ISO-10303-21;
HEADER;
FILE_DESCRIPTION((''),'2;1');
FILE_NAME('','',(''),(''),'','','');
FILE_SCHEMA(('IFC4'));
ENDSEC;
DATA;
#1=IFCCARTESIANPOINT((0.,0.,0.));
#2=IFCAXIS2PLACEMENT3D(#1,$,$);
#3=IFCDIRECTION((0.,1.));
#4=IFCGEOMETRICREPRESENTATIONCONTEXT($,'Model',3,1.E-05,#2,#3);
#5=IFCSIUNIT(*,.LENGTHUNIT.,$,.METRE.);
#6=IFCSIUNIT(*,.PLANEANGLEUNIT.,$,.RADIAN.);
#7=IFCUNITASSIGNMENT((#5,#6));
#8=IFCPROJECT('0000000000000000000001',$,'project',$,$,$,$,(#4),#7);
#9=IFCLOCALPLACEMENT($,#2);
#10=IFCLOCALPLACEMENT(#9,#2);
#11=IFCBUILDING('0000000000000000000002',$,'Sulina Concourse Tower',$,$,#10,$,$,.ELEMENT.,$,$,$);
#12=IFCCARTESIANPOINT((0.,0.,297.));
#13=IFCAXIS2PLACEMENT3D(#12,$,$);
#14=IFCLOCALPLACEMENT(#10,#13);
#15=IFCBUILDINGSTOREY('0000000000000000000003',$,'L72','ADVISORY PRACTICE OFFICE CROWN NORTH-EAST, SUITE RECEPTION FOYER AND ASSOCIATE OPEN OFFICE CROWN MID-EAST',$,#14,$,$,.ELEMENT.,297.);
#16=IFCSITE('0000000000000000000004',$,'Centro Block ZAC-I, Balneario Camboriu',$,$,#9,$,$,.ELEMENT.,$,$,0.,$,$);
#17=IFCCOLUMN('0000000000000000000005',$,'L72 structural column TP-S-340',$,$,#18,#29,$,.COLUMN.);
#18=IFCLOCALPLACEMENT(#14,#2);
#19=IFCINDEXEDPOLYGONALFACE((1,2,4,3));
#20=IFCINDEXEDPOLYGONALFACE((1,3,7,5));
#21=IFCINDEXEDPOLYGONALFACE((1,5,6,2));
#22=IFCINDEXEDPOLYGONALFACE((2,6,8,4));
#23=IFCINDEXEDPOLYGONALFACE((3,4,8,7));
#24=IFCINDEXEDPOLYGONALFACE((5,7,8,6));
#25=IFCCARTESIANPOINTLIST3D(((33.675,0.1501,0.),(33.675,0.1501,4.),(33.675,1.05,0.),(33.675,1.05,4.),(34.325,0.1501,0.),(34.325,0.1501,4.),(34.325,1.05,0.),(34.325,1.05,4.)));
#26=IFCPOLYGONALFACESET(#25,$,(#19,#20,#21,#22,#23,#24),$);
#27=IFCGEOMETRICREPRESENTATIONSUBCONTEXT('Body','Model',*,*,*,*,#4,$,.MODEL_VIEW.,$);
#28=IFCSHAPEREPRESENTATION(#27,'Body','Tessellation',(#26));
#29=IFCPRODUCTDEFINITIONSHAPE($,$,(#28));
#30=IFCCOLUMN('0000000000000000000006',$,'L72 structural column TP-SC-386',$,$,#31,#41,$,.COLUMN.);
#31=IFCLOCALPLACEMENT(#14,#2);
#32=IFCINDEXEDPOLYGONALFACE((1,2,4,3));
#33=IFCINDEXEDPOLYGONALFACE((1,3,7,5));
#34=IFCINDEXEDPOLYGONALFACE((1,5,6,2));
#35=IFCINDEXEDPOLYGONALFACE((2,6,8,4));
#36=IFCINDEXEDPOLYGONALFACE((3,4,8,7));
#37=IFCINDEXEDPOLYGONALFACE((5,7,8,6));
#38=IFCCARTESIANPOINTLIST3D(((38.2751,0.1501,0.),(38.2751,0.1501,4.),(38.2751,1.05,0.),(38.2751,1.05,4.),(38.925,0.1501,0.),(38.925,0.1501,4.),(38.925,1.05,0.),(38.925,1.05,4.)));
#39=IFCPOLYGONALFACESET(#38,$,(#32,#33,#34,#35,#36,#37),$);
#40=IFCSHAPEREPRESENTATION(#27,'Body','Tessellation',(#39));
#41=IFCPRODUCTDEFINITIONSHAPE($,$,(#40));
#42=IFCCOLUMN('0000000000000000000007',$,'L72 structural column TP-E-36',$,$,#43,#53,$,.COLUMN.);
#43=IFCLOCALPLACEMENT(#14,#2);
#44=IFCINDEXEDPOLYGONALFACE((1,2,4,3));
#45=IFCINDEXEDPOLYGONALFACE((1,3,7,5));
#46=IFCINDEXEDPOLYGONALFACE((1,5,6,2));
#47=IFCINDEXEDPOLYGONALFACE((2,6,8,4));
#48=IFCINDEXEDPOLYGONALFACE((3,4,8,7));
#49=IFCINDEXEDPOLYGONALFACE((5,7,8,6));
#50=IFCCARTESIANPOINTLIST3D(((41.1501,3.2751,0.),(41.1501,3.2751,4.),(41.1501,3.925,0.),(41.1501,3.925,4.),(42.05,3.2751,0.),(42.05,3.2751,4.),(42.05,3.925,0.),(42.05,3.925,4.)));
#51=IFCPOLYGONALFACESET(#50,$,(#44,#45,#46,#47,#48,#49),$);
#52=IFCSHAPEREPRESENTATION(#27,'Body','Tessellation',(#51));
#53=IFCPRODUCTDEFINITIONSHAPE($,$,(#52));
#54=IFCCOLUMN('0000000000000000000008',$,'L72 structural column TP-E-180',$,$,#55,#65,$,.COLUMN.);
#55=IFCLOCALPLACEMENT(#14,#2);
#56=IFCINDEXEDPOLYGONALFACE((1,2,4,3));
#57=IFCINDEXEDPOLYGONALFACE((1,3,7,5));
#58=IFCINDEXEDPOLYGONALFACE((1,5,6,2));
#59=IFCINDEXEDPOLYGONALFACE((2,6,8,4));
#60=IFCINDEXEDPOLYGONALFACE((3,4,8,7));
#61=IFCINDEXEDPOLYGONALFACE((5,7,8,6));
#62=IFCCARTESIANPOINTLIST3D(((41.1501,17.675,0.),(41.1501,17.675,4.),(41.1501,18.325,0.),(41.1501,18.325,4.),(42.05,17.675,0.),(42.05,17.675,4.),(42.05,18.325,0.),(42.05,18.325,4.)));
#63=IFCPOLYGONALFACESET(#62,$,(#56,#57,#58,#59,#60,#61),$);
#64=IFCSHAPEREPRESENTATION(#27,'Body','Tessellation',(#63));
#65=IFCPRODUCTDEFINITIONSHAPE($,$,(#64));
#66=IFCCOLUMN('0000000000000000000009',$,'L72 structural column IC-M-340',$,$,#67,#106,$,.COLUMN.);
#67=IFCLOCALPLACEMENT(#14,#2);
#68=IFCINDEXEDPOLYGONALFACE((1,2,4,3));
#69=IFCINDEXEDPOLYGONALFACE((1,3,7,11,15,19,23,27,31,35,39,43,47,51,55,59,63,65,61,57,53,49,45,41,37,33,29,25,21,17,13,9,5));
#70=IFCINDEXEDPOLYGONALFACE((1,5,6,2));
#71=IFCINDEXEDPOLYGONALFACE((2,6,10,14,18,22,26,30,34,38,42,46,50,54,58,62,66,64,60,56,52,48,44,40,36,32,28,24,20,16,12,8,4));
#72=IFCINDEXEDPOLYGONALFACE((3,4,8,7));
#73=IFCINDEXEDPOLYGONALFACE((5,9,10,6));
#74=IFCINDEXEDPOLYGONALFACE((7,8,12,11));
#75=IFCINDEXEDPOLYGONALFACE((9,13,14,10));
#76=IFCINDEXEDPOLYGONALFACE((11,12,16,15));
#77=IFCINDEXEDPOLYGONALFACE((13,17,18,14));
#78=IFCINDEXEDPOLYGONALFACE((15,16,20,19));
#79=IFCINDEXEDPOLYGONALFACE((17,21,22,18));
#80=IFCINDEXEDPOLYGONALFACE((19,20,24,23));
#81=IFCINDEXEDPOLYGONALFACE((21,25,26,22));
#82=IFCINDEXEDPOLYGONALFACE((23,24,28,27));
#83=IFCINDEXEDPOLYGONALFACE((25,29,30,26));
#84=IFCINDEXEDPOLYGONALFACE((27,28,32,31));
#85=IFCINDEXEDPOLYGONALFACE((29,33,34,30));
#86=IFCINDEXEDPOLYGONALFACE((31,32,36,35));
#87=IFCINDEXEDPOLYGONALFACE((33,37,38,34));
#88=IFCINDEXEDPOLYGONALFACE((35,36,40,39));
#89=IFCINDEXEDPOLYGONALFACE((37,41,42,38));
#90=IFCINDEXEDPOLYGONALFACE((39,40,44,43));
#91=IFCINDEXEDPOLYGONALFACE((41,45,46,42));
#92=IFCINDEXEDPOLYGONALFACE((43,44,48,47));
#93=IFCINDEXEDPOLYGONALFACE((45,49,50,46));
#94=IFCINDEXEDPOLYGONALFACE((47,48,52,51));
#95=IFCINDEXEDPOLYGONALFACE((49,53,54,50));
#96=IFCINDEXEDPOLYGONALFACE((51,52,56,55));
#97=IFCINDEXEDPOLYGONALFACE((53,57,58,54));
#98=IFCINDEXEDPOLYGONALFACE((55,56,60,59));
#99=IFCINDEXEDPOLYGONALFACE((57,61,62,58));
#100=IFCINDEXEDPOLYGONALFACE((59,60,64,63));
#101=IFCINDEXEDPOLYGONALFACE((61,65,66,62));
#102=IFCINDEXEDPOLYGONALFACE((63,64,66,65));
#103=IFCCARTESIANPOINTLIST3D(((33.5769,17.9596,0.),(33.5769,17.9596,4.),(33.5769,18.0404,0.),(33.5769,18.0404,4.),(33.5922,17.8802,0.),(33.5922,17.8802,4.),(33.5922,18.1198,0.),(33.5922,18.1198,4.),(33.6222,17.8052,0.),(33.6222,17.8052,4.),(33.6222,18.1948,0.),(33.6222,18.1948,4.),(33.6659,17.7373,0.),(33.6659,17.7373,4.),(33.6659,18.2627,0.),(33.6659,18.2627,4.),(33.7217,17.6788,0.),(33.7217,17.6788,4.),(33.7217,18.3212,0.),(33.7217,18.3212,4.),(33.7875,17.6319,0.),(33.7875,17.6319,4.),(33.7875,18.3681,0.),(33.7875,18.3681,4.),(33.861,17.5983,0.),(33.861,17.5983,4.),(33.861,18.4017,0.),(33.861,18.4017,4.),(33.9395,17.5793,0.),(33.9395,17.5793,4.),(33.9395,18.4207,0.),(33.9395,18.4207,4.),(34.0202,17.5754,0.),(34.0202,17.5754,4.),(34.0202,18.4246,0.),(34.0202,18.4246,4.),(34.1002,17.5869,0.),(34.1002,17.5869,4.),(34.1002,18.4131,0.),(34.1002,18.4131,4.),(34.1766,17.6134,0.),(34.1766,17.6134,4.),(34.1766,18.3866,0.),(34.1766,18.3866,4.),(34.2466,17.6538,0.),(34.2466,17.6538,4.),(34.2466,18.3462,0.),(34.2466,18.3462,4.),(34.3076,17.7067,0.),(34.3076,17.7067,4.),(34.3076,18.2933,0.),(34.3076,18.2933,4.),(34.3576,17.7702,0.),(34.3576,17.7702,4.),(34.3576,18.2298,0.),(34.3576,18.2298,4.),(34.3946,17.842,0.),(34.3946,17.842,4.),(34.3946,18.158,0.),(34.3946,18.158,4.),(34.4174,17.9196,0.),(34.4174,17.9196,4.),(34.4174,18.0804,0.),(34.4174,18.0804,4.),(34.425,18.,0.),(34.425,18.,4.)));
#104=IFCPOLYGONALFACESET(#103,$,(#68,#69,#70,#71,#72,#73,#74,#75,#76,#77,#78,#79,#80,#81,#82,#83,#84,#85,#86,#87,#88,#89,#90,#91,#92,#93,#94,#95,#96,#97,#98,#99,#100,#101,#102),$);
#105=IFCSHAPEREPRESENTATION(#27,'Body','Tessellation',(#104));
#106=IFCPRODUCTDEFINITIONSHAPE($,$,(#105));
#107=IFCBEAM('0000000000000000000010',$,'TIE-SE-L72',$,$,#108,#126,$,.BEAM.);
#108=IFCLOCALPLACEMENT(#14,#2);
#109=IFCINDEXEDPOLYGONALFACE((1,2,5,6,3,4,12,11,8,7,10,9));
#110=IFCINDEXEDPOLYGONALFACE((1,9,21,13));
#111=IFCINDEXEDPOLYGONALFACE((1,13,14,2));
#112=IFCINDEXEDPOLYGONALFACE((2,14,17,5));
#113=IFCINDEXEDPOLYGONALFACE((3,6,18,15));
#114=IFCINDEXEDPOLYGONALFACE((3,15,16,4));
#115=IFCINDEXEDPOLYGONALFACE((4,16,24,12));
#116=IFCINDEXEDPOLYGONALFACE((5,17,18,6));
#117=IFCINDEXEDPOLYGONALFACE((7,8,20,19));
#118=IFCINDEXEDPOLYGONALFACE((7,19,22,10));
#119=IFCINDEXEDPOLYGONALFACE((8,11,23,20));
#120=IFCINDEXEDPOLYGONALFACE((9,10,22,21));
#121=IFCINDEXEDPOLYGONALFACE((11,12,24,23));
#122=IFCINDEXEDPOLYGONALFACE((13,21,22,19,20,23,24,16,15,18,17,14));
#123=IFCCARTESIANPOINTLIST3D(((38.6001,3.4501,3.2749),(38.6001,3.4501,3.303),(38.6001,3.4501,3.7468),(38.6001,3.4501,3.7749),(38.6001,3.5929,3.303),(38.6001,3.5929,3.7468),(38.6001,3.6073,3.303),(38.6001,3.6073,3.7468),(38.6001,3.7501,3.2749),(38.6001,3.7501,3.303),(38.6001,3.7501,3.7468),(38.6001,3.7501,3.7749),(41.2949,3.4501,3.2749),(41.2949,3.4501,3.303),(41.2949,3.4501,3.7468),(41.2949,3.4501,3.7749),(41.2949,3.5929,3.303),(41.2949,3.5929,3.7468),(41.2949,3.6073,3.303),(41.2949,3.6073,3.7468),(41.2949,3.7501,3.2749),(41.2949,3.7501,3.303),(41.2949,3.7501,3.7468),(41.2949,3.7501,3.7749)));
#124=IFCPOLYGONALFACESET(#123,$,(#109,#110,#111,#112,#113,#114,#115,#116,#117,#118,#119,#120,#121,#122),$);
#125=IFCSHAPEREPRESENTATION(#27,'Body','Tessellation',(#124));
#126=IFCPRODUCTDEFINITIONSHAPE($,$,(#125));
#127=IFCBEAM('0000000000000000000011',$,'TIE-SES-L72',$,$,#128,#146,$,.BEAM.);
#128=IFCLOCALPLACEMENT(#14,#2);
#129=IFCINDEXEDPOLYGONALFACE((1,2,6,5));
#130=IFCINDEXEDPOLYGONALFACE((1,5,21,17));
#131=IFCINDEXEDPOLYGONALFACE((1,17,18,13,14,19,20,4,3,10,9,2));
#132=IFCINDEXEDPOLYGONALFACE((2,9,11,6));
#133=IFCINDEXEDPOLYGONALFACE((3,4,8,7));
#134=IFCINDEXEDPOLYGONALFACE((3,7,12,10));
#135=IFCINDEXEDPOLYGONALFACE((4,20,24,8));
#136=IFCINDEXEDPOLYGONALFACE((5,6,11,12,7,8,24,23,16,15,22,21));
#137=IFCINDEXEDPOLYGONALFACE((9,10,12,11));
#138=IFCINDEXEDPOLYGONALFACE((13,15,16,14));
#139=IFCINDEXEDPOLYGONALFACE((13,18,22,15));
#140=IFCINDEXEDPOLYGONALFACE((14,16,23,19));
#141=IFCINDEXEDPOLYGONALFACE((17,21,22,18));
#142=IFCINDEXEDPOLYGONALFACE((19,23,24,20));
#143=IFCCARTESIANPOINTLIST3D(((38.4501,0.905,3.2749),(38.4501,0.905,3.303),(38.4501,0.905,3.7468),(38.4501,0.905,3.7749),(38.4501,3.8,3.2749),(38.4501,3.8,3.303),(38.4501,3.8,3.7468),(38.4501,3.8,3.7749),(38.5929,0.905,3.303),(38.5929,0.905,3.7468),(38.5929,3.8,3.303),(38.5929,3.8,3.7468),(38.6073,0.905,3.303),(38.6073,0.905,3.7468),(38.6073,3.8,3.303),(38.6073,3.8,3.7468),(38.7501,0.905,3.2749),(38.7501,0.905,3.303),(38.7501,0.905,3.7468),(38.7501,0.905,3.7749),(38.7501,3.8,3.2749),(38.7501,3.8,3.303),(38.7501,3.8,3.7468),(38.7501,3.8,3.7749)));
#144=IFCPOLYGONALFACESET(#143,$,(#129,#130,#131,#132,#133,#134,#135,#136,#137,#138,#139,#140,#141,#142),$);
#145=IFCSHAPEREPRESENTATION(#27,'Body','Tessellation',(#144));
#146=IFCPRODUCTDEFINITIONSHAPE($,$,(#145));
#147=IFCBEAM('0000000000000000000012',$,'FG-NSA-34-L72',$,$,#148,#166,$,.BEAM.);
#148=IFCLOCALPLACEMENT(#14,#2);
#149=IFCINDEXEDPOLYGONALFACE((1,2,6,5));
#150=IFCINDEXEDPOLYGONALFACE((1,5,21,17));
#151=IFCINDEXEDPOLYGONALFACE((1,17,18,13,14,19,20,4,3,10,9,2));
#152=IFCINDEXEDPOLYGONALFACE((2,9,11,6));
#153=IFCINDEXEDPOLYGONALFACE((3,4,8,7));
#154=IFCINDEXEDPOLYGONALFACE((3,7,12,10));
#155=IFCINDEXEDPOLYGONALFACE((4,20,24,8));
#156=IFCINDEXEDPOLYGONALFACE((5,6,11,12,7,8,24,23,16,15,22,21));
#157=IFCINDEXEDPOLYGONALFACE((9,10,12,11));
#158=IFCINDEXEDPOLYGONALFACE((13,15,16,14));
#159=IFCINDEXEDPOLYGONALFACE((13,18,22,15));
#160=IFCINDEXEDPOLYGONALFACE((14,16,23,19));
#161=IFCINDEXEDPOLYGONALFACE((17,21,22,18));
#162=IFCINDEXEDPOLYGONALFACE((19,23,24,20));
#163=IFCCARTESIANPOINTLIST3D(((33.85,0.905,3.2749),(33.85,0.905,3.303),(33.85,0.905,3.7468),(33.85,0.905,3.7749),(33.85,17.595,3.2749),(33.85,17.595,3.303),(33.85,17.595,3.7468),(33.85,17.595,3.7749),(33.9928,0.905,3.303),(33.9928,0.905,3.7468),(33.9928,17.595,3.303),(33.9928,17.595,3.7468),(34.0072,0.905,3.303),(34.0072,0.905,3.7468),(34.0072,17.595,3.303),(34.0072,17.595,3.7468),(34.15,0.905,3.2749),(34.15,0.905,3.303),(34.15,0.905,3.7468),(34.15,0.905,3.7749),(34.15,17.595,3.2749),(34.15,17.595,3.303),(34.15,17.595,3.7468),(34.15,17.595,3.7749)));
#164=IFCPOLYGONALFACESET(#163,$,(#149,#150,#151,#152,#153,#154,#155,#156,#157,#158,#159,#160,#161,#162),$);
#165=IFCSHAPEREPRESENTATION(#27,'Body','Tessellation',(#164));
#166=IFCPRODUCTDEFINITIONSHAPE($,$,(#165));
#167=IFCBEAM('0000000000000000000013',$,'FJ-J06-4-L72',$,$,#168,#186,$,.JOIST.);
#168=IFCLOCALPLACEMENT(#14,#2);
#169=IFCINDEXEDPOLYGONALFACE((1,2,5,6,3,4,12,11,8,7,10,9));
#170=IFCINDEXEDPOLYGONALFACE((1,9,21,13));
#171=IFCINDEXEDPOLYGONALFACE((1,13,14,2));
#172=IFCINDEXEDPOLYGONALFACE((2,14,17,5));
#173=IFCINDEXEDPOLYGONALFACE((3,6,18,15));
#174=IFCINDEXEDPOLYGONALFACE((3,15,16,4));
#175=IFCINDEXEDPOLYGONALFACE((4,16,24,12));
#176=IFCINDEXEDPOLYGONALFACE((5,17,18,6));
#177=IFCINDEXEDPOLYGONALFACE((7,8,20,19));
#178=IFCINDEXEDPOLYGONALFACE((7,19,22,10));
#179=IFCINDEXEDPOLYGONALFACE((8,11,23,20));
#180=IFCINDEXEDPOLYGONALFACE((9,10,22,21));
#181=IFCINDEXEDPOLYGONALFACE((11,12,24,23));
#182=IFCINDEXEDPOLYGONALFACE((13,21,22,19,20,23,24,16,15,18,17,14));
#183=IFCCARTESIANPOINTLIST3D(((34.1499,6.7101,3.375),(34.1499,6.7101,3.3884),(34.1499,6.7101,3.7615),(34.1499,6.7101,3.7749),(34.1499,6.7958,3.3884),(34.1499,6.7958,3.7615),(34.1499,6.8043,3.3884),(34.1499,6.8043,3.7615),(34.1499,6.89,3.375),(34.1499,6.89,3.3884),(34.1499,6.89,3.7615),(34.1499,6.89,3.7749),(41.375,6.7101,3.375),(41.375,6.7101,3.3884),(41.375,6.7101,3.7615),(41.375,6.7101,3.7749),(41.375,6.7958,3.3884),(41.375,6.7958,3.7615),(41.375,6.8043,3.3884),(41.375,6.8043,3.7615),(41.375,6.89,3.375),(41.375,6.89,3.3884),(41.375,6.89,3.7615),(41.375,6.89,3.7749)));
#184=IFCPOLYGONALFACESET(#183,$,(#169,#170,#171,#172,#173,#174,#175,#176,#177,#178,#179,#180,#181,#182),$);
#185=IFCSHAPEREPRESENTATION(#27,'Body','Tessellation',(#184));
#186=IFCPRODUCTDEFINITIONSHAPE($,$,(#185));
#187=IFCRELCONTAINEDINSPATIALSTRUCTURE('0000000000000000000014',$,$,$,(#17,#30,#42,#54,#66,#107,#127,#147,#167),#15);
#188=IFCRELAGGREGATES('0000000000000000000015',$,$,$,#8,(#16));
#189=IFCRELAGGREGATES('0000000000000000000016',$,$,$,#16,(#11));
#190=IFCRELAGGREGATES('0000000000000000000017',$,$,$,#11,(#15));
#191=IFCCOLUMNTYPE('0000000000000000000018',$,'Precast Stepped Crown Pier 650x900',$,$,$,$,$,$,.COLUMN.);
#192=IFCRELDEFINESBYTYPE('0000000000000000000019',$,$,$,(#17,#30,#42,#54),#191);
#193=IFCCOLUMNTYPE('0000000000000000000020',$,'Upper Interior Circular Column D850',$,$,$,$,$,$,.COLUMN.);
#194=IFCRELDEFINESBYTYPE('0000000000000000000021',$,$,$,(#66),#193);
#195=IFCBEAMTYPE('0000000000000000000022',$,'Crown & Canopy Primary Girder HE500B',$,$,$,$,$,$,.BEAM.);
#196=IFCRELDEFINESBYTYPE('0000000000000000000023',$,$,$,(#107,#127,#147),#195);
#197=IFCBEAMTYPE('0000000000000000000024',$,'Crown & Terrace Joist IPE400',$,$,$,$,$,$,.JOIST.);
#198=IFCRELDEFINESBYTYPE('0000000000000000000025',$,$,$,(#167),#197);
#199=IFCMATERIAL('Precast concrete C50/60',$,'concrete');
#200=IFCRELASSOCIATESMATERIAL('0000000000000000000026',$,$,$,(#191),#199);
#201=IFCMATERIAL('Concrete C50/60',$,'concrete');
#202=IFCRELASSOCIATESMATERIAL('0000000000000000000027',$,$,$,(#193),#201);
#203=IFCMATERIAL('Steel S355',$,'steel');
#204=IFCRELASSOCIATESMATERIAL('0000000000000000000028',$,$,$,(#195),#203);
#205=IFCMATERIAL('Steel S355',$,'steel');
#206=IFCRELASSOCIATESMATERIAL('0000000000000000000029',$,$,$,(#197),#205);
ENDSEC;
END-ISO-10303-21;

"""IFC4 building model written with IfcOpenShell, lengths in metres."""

from ifc_helpers import new_model, si_unit, direction, frame, origin, origin_2d, place, context, subcontext, project, spatial, rectangle, circle, i_section, extrude, material, material_profile, profile_set, type_object, element, save


model = new_model("IFC4")

# Units and contexts
model_context = context("Model", 3, precision=1e-05, world=origin(), true_north=direction((0.0, 1.0)))
body_context = subcontext(model_context, "Body", "Model", "MODEL_VIEW")
ifc_project = project(units=[si_unit("LENGTHUNIT", "METRE"), si_unit("PLANEANGLEUNIT", "RADIAN")], contexts=[model_context])

# Site, building, storey
site_placement = place(None, origin())
site = spatial("IfcSite", under=ifc_project, at=site_placement, Name="Centro Block ZAC-I, Balneario Camboriu", CompositionType="ELEMENT", RefElevation=0.0)
building_placement = place(site_placement, origin())
building = spatial("IfcBuilding", under=site, at=building_placement, Name="Sulina Concourse Tower", CompositionType="ELEMENT")
storey_placement = place(building_placement, frame((0.0, 0.0, 297.0)))
storey = spatial("IfcBuildingStorey", under=building, at=storey_placement, Name="L72", Description="ADVISORY PRACTICE OFFICE CROWN NORTH-EAST, SUITE RECEPTION FOYER AND ASSOCIATE OPEN OFFICE CROWN MID-EAST", CompositionType="ELEMENT", Elevation=297.0)

# Columns
ifc_material_1 = material(Name="Precast concrete C50/60", Category="concrete")
ifc_material_profile_1 = material_profile(ifc_material_1, rectangle(XDim=0.6499, YDim=0.8999, at=origin_2d()), Name="PC 650x900")
ifc_profile_set_1 = profile_set([ifc_material_profile_1], Name="Precast concrete C50/60")
column_type_1 = type_object("IfcColumnType", Name="Precast Stepped Crown Pier 650x900", PredefinedType="COLUMN", material=ifc_profile_set_1)
for number, where, z_axis, x_axis, name in (
    (1, (34.0, 0.6001, 0.0), (0.0, 0.0, 1.0), (1.0, 0.0, 0.0), "L72 structural column TP-S-340"),
    (2, (38.6001, 0.6001, 0.0), (0.0, 0.0, 1.0), (1.0, 0.0, 0.0), "L72 structural column TP-SC-386"),
    (3, (41.6001, 3.6001, 0.0), (0.0, 0.0, 1.0), (0.0, 1.0, 0.0), "L72 structural column TP-E-36"),
    (4, (41.6001, 18.0, 0.0), (0.0, 0.0, 1.0), (0.0, 1.0, 0.0), "L72 structural column TP-E-180"),
):
    element("IfcColumn", number, at=place(storey_placement, frame(where, z_axis=z_axis, x_axis=x_axis)), inside=storey, type_object=column_type_1, Name=name, PredefinedType="COLUMN", context=body_context, shape_type="SweptSolid", body=[
        extrude(rectangle(XDim=0.6499, YDim=0.8999, at=origin_2d()), origin(), (0.0, 0.0, 1.0), 4.0),
    ])
ifc_material_2 = material(Name="Concrete C50/60", Category="concrete")
ifc_material_profile_2 = material_profile(ifc_material_2, circle(Radius=0.425, at=origin_2d()), Name="RC D850")
ifc_profile_set_2 = profile_set([ifc_material_profile_2], Name="Concrete C50/60")
column_type_2 = type_object("IfcColumnType", Name="Upper Interior Circular Column D850", PredefinedType="COLUMN", material=ifc_profile_set_2)
column_placement = place(storey_placement, frame((34.0, 18.0, 0.0), z_axis=(0.0, 0.0, 1.0), x_axis=(1.0, 0.0, 0.0)))
element("IfcColumn", 5, at=column_placement, inside=storey, type_object=column_type_2, Name="L72 structural column IC-M-340", PredefinedType="COLUMN", context=body_context, shape_type="SweptSolid", body=[
    extrude(circle(Radius=0.425, at=origin_2d()), origin(), (0.0, 0.0, 1.0), 4.0),
])

# Beams
ifc_material_3 = material(Name="Steel S355", Category="steel")
ifc_material_profile_3 = material_profile(ifc_material_3, i_section(OverallWidth=0.3, OverallDepth=0.5, WebThickness=0.0144, FlangeThickness=0.0281, at=origin_2d()), Name="HE 500 B")
ifc_profile_set_3 = profile_set([ifc_material_profile_3], Name="Steel S355")
beam_type_1 = type_object("IfcBeamType", Name="Crown & Canopy Primary Girder HE500B", PredefinedType="BEAM", material=ifc_profile_set_3)
beam_1_placement = place(storey_placement, frame((38.6001, 3.6001, 3.5249), z_axis=(1.0, 0.0, 0.0), x_axis=(0.0, 1.0, 0.0)))
element("IfcBeam", 6, at=beam_1_placement, inside=storey, type_object=beam_type_1, Name="TIE-SE-L72", PredefinedType="BEAM", context=body_context, shape_type="SweptSolid", body=[
    extrude(i_section(OverallWidth=0.3, OverallDepth=0.5, WebThickness=0.0144, FlangeThickness=0.0281, at=origin_2d()), origin(), (0.0, 0.0, 1.0), 2.6948),
])
beam_2_placement = place(storey_placement, frame((38.6001, 0.905, 3.5249), z_axis=(0.0, 1.0, 0.0), x_axis=(-1.0, 0.0, 0.0)))
element("IfcBeam", 7, at=beam_2_placement, inside=storey, type_object=beam_type_1, Name="TIE-SES-L72", PredefinedType="BEAM", context=body_context, shape_type="SweptSolid", body=[
    extrude(i_section(OverallWidth=0.3, OverallDepth=0.5, WebThickness=0.0144, FlangeThickness=0.0281, at=origin_2d()), origin(), (0.0, 0.0, 1.0), 2.895),
])
beam_3_placement = place(storey_placement, frame((34.0, 0.905, 3.5249), z_axis=(0.0, 1.0, 0.0), x_axis=(-1.0, 0.0, 0.0)))
element("IfcBeam", 8, at=beam_3_placement, inside=storey, type_object=beam_type_1, Name="FG-NSA-34-L72", PredefinedType="BEAM", context=body_context, shape_type="SweptSolid", body=[
    extrude(i_section(OverallWidth=0.3, OverallDepth=0.5, WebThickness=0.0144, FlangeThickness=0.0281, at=origin_2d()), origin(), (0.0, 0.0, 1.0), 16.6899),
])
ifc_material_4 = material(Name="Steel S355", Category="steel")
ifc_material_profile_4 = material_profile(ifc_material_4, i_section(OverallWidth=0.1799, OverallDepth=0.3999, WebThickness=0.0085, FlangeThickness=0.0134, at=origin_2d()), Name="IPE 400")
ifc_profile_set_4 = profile_set([ifc_material_profile_4], Name="Steel S355")
beam_type_2 = type_object("IfcBeamType", Name="Crown & Terrace Joist IPE400", PredefinedType="JOIST", material=ifc_profile_set_4)
for number, where, z_axis, x_axis, name in (
    (9, (34.1499, 6.8, 3.575), (1.0, 0.0, 0.0), (0.0, 1.0, 0.0), "FJ-J06-4-L72"),
):
    element("IfcBeam", number, at=place(storey_placement, frame(where, z_axis=z_axis, x_axis=x_axis)), inside=storey, type_object=beam_type_2, Name=name, PredefinedType="JOIST", context=body_context, shape_type="SweptSolid", body=[
        extrude(i_section(OverallWidth=0.1799, OverallDepth=0.3999, WebThickness=0.0085, FlangeThickness=0.0134, at=origin_2d()), origin(), (0.0, 0.0, 1.0), 7.2251),
    ])

save(model, "model.ifc")
